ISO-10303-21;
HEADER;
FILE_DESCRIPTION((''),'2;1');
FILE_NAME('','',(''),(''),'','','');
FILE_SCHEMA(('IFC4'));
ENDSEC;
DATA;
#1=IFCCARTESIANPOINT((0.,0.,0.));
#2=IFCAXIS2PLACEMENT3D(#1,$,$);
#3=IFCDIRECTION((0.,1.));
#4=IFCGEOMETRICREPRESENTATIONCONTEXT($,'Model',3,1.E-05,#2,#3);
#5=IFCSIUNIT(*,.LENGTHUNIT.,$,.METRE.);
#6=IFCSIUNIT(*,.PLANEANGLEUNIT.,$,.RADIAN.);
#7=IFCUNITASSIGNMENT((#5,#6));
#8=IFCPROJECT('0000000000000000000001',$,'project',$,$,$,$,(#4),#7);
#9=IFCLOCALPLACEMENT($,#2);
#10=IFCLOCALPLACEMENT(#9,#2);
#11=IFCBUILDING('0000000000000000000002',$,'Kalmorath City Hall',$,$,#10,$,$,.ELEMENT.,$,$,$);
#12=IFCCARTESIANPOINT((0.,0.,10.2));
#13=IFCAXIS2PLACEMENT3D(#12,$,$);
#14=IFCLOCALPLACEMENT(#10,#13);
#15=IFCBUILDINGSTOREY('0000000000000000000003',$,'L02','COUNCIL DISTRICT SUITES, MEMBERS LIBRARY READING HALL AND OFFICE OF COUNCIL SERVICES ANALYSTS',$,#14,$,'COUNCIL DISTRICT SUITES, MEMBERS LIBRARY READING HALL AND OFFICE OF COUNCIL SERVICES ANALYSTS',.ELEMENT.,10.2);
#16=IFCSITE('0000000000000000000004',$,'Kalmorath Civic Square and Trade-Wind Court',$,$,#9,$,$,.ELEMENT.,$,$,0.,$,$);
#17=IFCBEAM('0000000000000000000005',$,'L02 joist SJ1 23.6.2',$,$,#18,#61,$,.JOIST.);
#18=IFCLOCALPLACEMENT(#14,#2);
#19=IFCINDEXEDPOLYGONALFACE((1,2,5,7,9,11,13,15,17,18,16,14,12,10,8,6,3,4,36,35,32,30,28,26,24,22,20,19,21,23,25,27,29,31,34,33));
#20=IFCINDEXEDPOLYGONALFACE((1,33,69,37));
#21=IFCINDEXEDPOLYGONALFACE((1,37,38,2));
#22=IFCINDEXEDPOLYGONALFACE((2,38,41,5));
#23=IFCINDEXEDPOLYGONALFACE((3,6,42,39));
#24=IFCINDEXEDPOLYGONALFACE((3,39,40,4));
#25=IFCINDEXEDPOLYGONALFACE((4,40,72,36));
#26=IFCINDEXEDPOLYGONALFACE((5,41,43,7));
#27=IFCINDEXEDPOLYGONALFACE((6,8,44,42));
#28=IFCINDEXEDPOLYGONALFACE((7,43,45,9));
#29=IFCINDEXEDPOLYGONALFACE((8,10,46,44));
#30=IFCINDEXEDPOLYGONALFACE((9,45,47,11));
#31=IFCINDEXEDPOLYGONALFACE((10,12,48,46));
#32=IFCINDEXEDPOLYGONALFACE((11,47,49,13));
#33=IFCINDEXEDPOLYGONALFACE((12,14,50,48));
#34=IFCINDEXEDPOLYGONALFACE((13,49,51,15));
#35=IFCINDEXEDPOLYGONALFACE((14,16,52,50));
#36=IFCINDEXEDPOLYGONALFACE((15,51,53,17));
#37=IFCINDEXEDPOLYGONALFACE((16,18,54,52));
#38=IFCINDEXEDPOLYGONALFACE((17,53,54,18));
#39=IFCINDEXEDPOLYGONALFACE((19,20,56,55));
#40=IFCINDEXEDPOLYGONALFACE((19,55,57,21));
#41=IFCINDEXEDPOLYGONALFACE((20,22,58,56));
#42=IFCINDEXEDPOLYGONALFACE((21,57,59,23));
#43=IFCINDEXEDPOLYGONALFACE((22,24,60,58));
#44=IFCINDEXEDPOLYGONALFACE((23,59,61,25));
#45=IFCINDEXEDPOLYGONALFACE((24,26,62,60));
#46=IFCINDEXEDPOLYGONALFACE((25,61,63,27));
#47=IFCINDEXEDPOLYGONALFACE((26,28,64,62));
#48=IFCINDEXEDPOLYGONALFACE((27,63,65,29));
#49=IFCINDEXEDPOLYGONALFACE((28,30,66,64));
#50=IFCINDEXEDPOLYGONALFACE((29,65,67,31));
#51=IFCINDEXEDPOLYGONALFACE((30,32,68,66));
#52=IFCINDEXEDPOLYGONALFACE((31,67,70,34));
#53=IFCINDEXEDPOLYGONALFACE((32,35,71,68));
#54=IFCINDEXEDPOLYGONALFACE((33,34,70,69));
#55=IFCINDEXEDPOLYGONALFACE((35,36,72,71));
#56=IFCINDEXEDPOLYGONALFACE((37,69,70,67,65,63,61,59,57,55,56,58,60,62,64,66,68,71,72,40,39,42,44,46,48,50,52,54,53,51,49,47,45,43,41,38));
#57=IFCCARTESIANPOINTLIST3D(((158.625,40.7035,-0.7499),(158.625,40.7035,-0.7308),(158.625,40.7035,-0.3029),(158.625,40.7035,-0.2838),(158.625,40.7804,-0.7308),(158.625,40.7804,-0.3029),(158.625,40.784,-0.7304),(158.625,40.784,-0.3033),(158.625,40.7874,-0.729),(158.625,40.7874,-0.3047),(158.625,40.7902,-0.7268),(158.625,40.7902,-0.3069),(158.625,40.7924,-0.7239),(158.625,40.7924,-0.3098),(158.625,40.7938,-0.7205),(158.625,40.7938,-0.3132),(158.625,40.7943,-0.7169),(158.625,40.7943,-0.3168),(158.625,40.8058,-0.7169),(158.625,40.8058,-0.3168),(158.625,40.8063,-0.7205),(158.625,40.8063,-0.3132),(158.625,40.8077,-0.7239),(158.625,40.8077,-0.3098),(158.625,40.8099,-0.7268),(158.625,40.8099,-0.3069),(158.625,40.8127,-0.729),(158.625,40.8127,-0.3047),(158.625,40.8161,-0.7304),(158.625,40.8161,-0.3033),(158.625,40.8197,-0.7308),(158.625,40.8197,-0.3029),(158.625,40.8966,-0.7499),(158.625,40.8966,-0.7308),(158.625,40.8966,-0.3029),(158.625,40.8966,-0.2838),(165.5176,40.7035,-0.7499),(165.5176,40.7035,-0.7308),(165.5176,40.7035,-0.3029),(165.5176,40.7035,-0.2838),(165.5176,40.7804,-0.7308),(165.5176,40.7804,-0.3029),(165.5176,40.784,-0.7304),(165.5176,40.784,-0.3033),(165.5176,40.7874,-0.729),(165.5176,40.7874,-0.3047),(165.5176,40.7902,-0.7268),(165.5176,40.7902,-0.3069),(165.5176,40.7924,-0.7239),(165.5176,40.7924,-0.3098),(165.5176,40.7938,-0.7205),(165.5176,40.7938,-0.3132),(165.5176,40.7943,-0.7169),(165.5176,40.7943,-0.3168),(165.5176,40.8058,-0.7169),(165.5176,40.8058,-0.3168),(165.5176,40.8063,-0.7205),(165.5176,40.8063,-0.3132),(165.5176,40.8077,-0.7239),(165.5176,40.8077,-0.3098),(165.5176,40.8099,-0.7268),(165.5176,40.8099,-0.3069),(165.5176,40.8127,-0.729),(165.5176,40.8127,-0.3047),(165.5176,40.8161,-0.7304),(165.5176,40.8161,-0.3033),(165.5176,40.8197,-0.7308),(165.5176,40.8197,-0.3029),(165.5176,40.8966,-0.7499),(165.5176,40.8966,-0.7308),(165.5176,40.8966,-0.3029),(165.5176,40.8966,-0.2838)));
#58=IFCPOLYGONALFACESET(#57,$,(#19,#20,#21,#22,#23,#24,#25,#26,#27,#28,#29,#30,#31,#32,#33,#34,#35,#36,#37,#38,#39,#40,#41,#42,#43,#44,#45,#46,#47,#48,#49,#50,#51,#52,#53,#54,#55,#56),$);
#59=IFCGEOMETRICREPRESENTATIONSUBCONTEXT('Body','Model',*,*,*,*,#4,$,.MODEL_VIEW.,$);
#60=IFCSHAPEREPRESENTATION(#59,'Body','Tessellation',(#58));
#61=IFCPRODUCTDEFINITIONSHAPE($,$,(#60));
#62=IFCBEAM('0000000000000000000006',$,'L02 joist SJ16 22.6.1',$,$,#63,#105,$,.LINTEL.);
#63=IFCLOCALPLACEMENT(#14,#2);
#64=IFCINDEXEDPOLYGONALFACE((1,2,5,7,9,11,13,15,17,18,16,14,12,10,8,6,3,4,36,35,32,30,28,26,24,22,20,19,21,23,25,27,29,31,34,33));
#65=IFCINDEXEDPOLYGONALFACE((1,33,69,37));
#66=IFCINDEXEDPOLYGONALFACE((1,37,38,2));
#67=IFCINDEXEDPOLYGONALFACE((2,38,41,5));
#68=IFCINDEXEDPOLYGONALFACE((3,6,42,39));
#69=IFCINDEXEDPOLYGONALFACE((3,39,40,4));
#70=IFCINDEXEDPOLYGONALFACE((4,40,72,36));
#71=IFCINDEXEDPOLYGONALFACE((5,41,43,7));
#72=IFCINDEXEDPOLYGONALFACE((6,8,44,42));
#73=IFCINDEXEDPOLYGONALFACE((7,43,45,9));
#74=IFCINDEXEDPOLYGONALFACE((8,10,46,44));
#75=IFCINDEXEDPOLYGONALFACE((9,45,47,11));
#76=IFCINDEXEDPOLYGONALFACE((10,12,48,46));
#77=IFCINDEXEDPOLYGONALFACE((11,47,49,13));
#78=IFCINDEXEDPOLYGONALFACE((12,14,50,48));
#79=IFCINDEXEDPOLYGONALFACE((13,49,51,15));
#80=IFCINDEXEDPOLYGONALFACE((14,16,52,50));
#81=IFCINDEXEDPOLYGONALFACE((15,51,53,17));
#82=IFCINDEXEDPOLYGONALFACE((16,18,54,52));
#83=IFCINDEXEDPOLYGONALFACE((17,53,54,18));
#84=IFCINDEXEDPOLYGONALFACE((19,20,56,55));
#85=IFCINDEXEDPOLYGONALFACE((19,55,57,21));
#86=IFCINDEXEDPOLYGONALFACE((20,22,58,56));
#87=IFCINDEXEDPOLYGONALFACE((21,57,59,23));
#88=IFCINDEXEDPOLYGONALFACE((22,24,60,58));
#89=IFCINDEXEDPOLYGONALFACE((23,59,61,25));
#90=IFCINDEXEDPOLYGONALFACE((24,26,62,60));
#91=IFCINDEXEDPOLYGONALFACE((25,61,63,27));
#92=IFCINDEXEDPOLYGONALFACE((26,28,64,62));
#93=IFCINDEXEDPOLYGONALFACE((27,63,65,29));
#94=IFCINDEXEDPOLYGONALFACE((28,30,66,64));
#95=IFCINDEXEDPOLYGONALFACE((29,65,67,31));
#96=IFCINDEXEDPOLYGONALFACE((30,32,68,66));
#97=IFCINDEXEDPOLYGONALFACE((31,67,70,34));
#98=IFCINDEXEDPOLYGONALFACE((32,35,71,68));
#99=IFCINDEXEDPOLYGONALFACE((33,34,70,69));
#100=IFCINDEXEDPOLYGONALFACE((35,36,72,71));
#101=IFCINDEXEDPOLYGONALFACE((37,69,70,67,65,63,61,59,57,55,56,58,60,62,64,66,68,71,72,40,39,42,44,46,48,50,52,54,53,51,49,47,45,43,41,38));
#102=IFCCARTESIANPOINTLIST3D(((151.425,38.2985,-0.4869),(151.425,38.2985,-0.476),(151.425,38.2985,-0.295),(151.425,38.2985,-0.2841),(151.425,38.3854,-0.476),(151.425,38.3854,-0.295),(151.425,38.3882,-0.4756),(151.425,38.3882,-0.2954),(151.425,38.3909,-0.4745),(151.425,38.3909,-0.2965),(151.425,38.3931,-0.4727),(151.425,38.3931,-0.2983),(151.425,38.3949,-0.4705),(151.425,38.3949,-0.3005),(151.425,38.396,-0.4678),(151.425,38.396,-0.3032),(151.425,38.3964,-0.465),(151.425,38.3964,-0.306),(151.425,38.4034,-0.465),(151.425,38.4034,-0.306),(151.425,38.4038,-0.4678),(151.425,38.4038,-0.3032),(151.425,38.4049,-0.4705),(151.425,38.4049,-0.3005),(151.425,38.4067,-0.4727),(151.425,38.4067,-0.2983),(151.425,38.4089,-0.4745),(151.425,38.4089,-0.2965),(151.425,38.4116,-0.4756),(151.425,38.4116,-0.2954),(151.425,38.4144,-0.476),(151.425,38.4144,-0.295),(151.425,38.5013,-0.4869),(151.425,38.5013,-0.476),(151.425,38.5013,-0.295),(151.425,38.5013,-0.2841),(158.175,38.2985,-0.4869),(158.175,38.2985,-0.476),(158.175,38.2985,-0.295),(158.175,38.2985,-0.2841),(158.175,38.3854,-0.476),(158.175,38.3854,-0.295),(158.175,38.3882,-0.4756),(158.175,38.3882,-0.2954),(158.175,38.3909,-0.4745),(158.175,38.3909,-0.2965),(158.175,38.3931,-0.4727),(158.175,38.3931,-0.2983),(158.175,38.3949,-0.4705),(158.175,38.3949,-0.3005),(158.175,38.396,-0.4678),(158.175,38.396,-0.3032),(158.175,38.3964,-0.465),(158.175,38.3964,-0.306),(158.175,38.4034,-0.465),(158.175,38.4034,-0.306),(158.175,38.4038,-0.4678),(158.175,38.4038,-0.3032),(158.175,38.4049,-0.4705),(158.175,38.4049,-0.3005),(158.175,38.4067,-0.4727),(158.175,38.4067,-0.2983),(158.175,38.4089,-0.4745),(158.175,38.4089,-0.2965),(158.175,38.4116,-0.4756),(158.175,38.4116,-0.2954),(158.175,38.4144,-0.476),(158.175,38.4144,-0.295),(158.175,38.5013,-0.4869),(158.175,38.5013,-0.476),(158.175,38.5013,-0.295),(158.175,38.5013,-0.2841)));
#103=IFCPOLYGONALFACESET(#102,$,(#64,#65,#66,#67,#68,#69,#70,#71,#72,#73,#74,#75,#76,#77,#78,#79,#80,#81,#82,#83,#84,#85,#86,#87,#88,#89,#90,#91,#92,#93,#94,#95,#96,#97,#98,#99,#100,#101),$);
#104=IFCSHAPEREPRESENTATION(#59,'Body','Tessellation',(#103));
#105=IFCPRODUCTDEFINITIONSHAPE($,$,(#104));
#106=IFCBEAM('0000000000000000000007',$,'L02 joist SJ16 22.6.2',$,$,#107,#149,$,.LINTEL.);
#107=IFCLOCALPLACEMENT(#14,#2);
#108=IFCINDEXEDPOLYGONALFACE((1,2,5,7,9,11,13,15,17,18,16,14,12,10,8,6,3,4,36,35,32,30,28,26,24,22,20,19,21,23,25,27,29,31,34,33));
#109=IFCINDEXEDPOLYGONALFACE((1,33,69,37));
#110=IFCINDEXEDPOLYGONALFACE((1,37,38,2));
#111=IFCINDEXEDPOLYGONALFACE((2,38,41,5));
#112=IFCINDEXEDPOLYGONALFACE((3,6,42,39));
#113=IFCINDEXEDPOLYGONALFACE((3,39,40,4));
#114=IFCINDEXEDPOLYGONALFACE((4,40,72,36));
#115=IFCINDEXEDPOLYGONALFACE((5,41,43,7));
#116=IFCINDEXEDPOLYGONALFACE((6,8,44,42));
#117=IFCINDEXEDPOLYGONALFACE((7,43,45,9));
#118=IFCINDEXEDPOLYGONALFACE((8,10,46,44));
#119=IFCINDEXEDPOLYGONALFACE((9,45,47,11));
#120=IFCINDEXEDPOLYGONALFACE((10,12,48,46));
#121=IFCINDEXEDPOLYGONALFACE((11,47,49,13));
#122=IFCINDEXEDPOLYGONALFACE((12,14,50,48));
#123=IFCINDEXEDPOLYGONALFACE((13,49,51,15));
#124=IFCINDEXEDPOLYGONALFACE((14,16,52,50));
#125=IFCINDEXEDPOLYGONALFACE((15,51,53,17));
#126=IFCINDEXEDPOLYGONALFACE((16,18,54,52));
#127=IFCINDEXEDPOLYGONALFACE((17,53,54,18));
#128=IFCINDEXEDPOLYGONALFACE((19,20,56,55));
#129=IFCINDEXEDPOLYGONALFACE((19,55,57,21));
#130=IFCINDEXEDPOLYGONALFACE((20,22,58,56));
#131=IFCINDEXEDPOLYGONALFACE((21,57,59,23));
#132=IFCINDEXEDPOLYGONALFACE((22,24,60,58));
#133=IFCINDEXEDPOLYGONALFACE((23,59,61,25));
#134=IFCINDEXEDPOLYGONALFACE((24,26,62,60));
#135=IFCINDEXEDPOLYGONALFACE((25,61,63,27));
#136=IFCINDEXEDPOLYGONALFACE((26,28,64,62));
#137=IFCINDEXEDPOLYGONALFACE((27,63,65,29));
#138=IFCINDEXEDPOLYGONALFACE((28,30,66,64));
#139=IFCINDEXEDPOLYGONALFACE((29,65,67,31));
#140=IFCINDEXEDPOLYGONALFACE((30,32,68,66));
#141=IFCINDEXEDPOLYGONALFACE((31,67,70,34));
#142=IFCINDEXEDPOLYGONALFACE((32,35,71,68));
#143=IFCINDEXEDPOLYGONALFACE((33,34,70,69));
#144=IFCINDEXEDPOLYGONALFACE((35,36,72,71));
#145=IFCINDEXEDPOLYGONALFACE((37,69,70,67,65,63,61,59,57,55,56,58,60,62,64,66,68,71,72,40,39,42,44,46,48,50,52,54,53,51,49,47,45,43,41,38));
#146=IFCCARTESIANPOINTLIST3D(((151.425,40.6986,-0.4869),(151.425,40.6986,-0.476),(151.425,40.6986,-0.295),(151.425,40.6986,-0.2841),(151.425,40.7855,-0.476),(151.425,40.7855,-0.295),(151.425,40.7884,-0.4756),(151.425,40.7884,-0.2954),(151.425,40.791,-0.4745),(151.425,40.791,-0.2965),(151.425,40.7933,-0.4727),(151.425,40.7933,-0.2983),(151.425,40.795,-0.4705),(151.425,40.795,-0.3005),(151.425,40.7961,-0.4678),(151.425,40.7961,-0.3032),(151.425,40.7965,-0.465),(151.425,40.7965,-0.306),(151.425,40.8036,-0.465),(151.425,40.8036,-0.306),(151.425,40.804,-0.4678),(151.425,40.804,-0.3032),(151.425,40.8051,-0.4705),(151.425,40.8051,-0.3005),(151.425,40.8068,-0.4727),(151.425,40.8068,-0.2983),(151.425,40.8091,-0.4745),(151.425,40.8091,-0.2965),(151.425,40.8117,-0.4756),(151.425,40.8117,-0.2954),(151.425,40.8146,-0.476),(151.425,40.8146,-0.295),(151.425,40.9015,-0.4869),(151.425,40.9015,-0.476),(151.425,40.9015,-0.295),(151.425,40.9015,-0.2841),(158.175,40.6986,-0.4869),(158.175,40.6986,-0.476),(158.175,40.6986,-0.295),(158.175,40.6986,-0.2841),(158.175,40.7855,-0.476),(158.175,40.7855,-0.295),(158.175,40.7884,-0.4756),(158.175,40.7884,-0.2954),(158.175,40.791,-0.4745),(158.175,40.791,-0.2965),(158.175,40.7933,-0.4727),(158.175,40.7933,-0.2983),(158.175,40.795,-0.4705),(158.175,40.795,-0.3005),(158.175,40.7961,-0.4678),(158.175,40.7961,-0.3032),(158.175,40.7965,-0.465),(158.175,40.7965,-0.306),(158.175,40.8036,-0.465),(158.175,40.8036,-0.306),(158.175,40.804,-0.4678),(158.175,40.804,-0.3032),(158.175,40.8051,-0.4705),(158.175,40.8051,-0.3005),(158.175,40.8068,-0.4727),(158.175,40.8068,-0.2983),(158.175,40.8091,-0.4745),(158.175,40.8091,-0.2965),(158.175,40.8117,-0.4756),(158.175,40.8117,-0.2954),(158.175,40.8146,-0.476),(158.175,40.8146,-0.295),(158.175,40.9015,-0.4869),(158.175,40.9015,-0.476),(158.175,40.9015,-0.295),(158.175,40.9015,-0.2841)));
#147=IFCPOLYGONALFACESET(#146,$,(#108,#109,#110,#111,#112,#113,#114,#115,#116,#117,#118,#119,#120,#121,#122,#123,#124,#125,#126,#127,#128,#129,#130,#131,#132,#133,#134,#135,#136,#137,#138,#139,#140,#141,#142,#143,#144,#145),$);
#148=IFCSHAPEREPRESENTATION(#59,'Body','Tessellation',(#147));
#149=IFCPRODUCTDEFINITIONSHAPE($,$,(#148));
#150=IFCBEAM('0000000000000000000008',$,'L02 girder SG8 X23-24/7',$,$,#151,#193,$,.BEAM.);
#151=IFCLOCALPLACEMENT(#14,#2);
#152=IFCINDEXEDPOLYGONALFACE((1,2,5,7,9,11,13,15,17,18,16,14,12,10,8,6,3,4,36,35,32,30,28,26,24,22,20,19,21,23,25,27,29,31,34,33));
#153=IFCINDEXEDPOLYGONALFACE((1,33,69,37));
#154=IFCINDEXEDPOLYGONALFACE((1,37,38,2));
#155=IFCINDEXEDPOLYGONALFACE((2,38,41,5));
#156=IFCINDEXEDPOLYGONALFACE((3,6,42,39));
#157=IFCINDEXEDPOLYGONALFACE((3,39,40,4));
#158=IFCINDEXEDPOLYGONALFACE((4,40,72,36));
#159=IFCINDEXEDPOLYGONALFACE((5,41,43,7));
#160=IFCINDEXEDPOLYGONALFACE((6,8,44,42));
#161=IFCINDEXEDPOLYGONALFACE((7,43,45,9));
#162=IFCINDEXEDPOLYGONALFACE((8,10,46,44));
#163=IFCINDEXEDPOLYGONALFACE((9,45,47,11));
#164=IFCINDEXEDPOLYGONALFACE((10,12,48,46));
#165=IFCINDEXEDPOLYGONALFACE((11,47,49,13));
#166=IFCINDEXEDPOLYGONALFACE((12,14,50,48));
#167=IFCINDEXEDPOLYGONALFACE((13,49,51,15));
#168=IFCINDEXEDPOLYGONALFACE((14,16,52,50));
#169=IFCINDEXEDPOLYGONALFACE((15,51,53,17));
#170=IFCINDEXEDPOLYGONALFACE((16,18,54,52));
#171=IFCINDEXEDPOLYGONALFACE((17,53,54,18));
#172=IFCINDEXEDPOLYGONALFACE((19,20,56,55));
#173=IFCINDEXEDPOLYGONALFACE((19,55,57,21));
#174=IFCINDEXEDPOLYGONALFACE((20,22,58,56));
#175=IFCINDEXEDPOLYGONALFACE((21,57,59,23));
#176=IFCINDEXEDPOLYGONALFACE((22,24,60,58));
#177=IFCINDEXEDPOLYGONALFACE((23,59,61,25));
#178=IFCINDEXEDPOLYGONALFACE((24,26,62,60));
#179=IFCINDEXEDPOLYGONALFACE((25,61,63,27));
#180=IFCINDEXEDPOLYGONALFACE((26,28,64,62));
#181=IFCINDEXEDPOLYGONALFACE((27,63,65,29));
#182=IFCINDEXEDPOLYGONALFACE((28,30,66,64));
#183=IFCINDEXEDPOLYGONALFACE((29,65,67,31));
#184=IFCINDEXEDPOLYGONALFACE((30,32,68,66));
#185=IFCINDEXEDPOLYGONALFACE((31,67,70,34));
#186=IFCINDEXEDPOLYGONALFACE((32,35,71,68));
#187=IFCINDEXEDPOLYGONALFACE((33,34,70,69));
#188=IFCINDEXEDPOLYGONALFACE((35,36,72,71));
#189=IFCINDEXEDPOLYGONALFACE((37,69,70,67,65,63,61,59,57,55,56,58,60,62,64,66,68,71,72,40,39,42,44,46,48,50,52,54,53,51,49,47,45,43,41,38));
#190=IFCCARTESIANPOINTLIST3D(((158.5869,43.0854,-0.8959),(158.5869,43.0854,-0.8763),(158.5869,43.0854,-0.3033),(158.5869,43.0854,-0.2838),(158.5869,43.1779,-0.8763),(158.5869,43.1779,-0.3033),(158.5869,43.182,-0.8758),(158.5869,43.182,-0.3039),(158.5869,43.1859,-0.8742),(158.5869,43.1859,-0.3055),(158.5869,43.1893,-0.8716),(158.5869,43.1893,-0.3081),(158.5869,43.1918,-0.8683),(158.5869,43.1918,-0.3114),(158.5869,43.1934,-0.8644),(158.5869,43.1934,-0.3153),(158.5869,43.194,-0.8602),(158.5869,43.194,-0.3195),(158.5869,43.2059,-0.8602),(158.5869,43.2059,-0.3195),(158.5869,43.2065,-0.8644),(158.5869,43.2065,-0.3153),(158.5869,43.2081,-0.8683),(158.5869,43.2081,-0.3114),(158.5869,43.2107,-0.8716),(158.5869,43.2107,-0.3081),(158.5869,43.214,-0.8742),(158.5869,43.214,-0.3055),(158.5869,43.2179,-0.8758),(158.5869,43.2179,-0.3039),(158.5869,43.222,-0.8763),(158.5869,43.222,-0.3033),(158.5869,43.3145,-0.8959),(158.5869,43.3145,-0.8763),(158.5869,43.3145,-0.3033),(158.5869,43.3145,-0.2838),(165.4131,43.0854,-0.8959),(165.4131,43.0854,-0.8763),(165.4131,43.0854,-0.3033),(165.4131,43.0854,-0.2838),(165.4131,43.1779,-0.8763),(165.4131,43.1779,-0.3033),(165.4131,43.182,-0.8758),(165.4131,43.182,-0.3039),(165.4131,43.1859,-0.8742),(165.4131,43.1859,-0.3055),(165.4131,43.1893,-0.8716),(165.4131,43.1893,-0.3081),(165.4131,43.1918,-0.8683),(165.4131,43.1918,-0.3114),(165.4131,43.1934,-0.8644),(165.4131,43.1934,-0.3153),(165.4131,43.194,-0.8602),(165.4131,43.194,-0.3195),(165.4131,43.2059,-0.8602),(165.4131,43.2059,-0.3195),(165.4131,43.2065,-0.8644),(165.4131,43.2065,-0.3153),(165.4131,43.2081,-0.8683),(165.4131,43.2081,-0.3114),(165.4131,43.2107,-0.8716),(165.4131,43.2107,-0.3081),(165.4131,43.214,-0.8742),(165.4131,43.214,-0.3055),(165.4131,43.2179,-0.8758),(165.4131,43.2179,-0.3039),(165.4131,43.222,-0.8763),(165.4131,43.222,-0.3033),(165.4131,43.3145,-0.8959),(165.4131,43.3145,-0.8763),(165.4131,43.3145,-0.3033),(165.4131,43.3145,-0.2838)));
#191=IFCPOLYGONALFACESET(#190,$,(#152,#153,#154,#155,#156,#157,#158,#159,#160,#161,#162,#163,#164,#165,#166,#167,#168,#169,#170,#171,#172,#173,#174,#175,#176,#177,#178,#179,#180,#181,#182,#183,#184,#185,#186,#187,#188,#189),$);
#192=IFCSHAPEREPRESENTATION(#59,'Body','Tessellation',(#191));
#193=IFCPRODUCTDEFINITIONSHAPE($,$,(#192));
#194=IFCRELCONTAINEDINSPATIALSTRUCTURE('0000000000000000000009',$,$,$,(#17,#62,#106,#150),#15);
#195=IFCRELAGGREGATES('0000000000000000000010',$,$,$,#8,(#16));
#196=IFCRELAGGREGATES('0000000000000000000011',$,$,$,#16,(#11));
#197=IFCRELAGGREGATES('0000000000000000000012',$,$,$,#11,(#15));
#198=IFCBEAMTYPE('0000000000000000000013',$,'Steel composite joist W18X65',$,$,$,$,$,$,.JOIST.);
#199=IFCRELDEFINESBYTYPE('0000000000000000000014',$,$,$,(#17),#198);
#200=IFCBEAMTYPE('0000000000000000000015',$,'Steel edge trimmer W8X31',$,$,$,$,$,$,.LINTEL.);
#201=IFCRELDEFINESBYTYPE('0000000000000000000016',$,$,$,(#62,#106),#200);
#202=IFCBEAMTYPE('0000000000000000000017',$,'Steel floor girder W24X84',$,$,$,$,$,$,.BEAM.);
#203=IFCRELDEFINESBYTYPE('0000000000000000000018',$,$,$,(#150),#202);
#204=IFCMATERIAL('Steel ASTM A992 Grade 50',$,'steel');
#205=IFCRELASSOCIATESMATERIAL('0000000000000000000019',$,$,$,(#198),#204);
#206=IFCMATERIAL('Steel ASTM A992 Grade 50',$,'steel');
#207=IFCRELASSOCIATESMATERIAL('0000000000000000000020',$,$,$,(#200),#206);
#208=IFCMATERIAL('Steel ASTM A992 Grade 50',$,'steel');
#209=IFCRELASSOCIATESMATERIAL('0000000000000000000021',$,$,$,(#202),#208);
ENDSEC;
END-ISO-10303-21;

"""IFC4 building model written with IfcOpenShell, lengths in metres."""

from ifc_helpers import new_model, si_unit, direction, frame, origin, origin_2d, place, context, subcontext, project, spatial, i_section, extrude, material, material_profile, profile_set, type_object, element, save


model = new_model("IFC4")

# Units and contexts
model_context = context("Model", 3, precision=1e-05, world=origin(), true_north=direction((0.0, 1.0)))
body_context = subcontext(model_context, "Body", "Model", "MODEL_VIEW")
ifc_project = project(units=[si_unit("LENGTHUNIT", "METRE"), si_unit("PLANEANGLEUNIT", "RADIAN")], contexts=[model_context])

# Site, building, storey
site_placement = place(None, origin())
site = spatial("IfcSite", under=ifc_project, at=site_placement, Name="Kalmorath Civic Square and Trade-Wind Court", CompositionType="ELEMENT", RefElevation=0.0)
building_placement = place(site_placement, origin())
building = spatial("IfcBuilding", under=site, at=building_placement, Name="Kalmorath City Hall", CompositionType="ELEMENT")
storey_placement = place(building_placement, frame((0.0, 0.0, 10.2)))
storey = spatial("IfcBuildingStorey", under=building, at=storey_placement, Name="L02", Description="COUNCIL DISTRICT SUITES, MEMBERS LIBRARY READING HALL AND OFFICE OF COUNCIL SERVICES ANALYSTS", LongName="COUNCIL DISTRICT SUITES, MEMBERS LIBRARY READING HALL AND OFFICE OF COUNCIL SERVICES ANALYSTS", CompositionType="ELEMENT", Elevation=10.2)

# Beams
ifc_material_1 = material(Name="Steel ASTM A992 Grade 50", Category="steel")
ifc_material_profile_1 = material_profile(ifc_material_1, i_section(OverallWidth=0.1931, OverallDepth=0.4661, WebThickness=0.0115, FlangeThickness=0.019, FilletRadius=0.0139, at=origin_2d()), Name="W18X65")
ifc_profile_set_1 = profile_set([ifc_material_profile_1], Name="Steel ASTM A992 Grade 50")
beam_type_1 = type_object("IfcBeamType", Name="Steel composite joist W18X65", PredefinedType="JOIST", material=ifc_profile_set_1)
for number, where, z_axis, x_axis, name in (
    (1, (158.625, 40.8, -0.5168), (1.0, 0.0, 0.0), (0.0, 1.0, 0.0), "L02 joist SJ1 23.6.2"),
):
    element("IfcBeam", number, at=place(storey_placement, frame(where, z_axis=z_axis, x_axis=x_axis)), inside=storey, type_object=beam_type_1, Name=name, PredefinedType="JOIST", context=body_context, shape_type="SweptSolid", body=[
        extrude(i_section(OverallWidth=0.1931, OverallDepth=0.4661, WebThickness=0.0115, FlangeThickness=0.019, FilletRadius=0.0139, at=origin_2d()), origin(), (0.0, 0.0, 1.0), 6.8926),
    ])
ifc_material_2 = material(Name="Steel ASTM A992 Grade 50", Category="steel")
ifc_material_profile_2 = material_profile(ifc_material_2, i_section(OverallWidth=0.2029, OverallDepth=0.2029, WebThickness=0.0071, FlangeThickness=0.011, FilletRadius=0.011, at=origin_2d()), Name="W8X31")
ifc_profile_set_2 = profile_set([ifc_material_profile_2], Name="Steel ASTM A992 Grade 50")
beam_type_2 = type_object("IfcBeamType", Name="Steel edge trimmer W8X31", PredefinedType="LINTEL", material=ifc_profile_set_2)
for number, where, z_axis, x_axis, name in (
    (2, (151.425, 38.3999, -0.3855), (1.0, 0.0, 0.0), (0.0, 1.0, 0.0), "L02 joist SJ16 22.6.1"),
    (3, (151.425, 40.8, -0.3855), (1.0, 0.0, 0.0), (0.0, 1.0, 0.0), "L02 joist SJ16 22.6.2"),
):
    element("IfcBeam", number, at=place(storey_placement, frame(where, z_axis=z_axis, x_axis=x_axis)), inside=storey, type_object=beam_type_2, Name=name, PredefinedType="LINTEL", context=body_context, shape_type="SweptSolid", body=[
        extrude(i_section(OverallWidth=0.2029, OverallDepth=0.2029, WebThickness=0.0071, FlangeThickness=0.011, FilletRadius=0.011, at=origin_2d()), origin(), (0.0, 0.0, 1.0), 6.75),
    ])
ifc_material_3 = material(Name="Steel ASTM A992 Grade 50", Category="steel")
ifc_material_profile_3 = material_profile(ifc_material_3, i_section(OverallWidth=0.229, OverallDepth=0.6121, WebThickness=0.012, FlangeThickness=0.0195, FilletRadius=0.0161, at=origin_2d()), Name="W24X84")
ifc_profile_set_3 = profile_set([ifc_material_profile_3], Name="Steel ASTM A992 Grade 50")
beam_type_3 = type_object("IfcBeamType", Name="Steel floor girder W24X84", PredefinedType="BEAM", material=ifc_profile_set_3)
beam_1_placement = place(storey_placement, frame((158.5869, 43.2, -0.5898), z_axis=(1.0, 0.0, 0.0), x_axis=(0.0, 1.0, 0.0)))
element("IfcBeam", 4, at=beam_1_placement, inside=storey, type_object=beam_type_3, Name="L02 girder SG8 X23-24/7", PredefinedType="BEAM", context=body_context, shape_type="SweptSolid", body=[
    extrude(i_section(OverallWidth=0.229, OverallDepth=0.6121, WebThickness=0.012, FlangeThickness=0.0195, FilletRadius=0.0161, at=origin_2d()), origin(), (0.0, 0.0, 1.0), 6.8262),
])

save(model, "model.ifc")
